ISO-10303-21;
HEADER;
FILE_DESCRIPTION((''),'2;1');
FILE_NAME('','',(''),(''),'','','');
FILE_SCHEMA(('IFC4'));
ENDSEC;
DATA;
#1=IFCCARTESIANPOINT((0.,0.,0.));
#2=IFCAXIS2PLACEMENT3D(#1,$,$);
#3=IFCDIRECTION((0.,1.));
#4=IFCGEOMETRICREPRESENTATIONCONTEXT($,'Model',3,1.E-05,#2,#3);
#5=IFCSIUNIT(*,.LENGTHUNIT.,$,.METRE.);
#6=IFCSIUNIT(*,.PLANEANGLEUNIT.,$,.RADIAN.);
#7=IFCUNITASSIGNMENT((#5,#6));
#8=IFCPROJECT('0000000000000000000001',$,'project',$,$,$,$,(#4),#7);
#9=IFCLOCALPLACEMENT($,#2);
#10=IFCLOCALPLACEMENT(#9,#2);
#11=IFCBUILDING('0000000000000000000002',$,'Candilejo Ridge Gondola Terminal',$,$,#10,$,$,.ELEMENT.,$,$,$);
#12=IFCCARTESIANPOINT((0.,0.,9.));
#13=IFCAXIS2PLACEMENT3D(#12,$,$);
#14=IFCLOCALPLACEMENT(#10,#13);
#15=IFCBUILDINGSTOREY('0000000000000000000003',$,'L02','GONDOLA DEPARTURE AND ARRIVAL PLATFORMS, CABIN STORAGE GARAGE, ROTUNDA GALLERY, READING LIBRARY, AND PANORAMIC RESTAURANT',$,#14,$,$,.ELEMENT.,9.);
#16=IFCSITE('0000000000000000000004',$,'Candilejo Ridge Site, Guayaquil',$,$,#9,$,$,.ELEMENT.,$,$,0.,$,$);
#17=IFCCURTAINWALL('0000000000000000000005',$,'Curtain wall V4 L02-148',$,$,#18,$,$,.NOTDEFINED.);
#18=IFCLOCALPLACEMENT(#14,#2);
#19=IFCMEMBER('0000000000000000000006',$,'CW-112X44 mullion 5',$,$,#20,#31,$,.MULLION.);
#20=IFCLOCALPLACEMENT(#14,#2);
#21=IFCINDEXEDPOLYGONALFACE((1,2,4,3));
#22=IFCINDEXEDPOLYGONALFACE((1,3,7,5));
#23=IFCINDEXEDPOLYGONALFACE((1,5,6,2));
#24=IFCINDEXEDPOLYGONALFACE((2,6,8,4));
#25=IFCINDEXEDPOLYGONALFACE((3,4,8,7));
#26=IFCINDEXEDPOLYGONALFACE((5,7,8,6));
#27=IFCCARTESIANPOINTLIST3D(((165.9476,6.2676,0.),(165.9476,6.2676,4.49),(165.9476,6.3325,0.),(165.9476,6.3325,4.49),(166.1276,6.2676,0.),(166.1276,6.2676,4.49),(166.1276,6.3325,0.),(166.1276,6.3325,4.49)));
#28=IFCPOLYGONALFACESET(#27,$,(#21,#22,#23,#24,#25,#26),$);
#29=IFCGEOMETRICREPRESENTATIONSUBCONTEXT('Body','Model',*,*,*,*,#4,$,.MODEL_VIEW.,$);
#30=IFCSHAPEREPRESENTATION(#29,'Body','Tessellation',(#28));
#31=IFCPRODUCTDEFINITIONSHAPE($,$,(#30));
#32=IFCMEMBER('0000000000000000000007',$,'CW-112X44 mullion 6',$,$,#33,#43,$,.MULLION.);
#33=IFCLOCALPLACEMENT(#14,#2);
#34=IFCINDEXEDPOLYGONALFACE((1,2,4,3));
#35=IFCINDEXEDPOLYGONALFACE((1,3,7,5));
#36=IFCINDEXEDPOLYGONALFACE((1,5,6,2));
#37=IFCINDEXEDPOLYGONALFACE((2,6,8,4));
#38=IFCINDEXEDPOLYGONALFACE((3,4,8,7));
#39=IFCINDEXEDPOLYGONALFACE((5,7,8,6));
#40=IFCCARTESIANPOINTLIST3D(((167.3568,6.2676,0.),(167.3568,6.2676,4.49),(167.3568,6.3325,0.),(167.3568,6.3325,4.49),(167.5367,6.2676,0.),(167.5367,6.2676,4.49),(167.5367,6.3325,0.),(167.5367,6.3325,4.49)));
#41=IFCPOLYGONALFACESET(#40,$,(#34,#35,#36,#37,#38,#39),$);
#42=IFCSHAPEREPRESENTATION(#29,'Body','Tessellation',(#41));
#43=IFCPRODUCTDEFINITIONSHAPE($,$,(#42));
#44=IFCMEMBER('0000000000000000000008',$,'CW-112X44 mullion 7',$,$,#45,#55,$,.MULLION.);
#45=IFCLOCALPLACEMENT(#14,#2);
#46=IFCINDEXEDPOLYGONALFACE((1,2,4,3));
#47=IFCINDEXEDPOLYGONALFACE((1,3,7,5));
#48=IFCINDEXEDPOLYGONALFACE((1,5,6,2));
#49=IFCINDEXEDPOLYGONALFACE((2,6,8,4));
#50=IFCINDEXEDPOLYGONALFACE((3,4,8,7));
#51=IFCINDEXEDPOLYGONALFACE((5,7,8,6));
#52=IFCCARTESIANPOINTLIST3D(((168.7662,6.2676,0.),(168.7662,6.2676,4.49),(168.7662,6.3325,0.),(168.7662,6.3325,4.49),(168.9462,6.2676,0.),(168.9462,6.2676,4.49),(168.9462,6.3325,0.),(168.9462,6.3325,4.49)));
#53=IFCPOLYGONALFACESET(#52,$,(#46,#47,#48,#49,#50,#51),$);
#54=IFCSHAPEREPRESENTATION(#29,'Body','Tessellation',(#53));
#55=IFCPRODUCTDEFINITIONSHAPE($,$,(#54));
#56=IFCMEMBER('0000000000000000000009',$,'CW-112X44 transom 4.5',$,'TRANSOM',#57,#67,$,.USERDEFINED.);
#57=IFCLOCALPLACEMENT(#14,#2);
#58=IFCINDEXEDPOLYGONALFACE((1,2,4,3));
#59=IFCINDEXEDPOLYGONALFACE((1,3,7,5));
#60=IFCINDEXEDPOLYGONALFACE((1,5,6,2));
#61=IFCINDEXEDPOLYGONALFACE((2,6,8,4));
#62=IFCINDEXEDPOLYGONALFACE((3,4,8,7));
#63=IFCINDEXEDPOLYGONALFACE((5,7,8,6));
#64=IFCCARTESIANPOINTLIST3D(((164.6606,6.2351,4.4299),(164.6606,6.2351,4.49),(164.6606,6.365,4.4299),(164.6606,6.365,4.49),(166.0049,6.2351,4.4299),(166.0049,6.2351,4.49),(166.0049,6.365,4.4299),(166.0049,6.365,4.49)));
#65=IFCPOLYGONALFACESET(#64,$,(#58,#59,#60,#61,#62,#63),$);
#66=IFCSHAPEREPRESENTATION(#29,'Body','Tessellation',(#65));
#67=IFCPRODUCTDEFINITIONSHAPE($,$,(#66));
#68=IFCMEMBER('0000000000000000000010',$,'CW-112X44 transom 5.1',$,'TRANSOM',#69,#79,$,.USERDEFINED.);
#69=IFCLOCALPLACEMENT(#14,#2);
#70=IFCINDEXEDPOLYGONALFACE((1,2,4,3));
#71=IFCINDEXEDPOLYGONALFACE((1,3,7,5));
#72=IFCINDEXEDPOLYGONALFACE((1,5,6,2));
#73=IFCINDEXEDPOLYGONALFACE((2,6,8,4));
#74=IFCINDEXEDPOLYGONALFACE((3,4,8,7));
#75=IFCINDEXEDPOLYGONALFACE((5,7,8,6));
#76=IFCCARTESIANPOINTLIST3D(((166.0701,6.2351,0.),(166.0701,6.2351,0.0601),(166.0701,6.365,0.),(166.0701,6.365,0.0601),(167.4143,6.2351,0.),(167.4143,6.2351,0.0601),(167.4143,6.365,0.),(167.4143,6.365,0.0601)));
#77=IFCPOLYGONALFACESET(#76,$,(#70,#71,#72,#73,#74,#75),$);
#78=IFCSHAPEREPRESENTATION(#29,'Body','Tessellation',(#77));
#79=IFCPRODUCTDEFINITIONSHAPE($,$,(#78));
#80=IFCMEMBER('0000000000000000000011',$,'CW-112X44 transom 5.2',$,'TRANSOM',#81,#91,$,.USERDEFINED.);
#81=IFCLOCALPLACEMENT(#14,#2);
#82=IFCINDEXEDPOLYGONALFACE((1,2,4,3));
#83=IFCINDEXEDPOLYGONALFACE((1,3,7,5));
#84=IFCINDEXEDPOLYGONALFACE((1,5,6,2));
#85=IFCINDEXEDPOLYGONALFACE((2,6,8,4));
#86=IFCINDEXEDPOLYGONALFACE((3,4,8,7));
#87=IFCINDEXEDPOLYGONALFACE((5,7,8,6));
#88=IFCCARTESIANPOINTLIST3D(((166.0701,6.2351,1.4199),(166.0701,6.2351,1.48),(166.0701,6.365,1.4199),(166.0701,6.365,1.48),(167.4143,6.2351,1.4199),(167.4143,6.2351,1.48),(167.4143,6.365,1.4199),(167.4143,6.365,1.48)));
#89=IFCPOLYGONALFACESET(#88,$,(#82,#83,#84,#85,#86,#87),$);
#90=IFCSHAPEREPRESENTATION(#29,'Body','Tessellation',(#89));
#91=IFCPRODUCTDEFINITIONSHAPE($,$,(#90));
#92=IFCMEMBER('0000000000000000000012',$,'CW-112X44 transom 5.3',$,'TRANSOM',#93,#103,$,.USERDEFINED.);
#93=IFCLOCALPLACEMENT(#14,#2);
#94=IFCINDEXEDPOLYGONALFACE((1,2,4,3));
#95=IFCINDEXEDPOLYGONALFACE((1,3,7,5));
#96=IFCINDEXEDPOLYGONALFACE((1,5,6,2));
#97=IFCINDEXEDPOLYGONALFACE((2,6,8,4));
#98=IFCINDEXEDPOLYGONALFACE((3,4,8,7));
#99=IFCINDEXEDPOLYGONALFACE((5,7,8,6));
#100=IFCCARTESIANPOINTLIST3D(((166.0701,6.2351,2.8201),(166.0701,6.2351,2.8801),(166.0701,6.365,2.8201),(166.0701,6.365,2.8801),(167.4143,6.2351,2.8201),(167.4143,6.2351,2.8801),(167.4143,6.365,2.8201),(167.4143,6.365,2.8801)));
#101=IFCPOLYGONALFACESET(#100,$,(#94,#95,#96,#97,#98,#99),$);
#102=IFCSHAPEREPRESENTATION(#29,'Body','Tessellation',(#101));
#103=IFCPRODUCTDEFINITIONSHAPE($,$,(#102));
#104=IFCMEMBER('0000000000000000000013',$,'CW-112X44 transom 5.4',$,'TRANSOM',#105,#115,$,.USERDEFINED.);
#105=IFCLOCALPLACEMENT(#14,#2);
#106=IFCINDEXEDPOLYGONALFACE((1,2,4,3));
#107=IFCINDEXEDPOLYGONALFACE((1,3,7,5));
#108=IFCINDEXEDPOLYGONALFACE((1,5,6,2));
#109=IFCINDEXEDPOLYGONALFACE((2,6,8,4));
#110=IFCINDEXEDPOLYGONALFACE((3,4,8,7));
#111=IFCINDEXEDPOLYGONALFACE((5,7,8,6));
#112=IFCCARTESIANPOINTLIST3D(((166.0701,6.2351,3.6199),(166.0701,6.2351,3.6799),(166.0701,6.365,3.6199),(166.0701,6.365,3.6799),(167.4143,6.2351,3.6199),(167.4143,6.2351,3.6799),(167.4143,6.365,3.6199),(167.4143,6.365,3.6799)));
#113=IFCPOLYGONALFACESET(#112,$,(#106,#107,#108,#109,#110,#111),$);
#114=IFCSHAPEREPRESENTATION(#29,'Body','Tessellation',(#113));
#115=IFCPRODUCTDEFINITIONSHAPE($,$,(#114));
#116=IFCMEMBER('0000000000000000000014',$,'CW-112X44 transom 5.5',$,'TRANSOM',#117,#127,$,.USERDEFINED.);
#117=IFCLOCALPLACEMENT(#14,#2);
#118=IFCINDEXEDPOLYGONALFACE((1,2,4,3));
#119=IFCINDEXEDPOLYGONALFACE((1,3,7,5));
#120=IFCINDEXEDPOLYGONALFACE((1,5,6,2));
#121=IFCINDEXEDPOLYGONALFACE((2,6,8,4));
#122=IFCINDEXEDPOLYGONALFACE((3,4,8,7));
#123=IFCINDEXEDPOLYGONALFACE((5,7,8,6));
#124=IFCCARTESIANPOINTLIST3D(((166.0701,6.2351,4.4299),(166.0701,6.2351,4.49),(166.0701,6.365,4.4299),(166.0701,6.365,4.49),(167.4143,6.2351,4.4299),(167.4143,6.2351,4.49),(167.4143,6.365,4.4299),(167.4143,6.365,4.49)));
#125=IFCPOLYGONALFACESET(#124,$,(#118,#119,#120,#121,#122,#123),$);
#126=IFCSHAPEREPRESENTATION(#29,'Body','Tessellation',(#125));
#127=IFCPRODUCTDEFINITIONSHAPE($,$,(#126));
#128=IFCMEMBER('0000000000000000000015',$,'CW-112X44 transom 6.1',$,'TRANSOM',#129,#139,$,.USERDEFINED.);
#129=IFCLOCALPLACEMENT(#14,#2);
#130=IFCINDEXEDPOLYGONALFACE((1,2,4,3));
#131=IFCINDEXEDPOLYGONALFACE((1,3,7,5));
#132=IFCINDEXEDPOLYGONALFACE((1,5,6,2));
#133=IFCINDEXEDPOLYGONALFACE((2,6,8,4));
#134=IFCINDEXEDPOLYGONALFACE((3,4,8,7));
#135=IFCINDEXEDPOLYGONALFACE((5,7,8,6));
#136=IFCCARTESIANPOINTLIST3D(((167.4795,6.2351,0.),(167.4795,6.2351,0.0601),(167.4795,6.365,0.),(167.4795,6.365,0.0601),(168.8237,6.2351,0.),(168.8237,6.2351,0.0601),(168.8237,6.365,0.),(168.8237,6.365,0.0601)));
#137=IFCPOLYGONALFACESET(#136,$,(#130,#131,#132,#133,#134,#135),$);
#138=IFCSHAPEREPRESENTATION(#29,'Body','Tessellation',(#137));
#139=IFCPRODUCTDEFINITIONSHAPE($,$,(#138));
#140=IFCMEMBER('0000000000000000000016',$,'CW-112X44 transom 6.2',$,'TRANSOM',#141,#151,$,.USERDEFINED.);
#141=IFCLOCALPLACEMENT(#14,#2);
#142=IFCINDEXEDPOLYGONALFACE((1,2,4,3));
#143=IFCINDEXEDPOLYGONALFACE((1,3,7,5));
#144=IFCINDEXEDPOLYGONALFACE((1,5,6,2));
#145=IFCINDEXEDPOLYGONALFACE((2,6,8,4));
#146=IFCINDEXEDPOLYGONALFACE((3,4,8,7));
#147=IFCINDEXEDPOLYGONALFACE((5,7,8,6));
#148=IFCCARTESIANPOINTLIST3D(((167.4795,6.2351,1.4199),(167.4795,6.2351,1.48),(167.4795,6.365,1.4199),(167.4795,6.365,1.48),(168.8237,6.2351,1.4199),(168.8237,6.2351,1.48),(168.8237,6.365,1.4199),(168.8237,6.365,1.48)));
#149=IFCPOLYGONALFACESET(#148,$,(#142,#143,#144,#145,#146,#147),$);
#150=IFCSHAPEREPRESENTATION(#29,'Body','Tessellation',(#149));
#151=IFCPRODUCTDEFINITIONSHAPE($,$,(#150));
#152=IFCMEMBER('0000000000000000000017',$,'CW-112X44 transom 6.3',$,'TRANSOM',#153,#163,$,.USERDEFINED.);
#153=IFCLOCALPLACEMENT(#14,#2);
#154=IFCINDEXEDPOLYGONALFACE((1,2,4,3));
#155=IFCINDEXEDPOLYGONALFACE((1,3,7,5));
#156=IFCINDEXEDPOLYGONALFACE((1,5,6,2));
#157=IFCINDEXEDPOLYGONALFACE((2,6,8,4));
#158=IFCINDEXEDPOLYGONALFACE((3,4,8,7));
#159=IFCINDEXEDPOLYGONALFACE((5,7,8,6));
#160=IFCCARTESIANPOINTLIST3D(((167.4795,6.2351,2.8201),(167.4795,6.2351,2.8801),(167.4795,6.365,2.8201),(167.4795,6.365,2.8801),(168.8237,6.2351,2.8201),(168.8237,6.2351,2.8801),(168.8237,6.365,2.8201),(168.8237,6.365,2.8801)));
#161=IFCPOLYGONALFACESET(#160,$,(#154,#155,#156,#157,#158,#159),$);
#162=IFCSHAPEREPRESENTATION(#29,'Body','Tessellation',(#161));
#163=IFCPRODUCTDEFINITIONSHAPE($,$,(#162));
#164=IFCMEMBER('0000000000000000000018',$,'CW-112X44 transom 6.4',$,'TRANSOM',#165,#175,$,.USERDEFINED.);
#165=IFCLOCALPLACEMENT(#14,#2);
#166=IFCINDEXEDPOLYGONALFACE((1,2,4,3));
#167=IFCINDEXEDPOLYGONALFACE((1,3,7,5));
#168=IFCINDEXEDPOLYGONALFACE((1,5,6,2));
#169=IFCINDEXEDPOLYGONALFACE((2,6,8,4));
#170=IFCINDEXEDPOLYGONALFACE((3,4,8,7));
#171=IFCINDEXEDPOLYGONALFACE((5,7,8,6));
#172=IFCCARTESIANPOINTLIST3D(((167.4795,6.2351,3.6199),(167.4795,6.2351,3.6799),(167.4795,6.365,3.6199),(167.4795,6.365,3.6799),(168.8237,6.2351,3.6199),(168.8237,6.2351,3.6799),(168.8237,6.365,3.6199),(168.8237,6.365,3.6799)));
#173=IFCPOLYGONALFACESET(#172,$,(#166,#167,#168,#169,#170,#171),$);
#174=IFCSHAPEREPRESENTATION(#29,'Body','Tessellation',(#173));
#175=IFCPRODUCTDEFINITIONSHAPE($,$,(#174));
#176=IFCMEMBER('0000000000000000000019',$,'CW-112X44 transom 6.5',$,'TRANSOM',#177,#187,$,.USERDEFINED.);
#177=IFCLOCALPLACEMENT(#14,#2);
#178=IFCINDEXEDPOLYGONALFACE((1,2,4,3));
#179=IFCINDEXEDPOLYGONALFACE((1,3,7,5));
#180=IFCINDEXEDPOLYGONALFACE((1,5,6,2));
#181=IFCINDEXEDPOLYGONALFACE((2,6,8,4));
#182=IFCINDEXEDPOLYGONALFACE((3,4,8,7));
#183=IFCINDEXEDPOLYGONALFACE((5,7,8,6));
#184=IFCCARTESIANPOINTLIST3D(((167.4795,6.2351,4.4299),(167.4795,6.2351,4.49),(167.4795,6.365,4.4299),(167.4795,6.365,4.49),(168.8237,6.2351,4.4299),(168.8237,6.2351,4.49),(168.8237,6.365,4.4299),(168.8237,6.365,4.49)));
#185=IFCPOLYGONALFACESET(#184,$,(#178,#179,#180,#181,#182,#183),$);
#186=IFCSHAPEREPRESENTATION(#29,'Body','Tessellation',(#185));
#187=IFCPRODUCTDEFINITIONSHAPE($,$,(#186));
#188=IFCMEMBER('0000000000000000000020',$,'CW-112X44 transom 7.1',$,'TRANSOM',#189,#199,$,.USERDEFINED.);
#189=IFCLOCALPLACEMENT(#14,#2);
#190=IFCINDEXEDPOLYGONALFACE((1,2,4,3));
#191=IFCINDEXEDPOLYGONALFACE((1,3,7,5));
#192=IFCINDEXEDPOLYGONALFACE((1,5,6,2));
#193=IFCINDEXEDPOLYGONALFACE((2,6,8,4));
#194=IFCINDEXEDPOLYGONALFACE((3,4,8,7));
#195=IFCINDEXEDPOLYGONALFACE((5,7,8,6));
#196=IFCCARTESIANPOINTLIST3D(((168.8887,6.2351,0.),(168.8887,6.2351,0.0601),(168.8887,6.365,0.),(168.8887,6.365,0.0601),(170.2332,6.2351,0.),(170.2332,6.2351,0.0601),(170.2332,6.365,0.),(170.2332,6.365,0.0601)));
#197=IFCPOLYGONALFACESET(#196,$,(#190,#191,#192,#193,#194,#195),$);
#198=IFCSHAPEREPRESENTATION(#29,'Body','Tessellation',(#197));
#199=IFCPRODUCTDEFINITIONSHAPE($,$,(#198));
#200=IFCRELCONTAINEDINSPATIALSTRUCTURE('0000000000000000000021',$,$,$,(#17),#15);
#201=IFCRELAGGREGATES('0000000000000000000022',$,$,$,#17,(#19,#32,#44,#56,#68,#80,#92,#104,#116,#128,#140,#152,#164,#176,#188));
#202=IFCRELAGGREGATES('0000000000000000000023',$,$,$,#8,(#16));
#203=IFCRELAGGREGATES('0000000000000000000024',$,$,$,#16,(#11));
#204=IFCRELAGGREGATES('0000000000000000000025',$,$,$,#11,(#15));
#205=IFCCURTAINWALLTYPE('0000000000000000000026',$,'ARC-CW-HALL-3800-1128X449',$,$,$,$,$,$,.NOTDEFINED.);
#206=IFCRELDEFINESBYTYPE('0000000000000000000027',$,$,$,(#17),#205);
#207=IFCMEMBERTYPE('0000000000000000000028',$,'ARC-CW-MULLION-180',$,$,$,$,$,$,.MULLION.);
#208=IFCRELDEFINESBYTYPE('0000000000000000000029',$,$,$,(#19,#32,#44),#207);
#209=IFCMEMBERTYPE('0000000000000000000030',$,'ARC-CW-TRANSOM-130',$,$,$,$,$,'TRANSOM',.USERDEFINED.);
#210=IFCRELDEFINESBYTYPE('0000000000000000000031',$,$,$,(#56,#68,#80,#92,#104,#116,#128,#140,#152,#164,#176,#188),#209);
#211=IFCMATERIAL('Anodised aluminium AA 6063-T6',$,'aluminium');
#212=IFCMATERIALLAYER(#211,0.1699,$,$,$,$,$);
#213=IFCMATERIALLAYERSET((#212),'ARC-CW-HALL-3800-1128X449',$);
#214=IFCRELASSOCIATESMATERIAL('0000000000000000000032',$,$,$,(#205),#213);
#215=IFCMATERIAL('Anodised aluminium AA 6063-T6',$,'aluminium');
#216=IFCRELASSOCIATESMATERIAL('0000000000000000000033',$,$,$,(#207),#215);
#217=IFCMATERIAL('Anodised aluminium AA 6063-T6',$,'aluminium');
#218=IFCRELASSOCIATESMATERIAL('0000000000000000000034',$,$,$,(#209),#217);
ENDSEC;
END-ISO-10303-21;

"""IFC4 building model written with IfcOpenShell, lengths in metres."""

from ifc_helpers import new_model, si_unit, direction, frame, origin, origin_2d, place, context, subcontext, project, spatial, rectangle, extrude, material, layer, layer_set, material_profile, profile_set, type_object, element, aggregate, save


model = new_model("IFC4")

# Units and contexts
model_context = context("Model", 3, precision=1e-05, world=origin(), true_north=direction((0.0, 1.0)))
body_context = subcontext(model_context, "Body", "Model", "MODEL_VIEW")
ifc_project = project(units=[si_unit("LENGTHUNIT", "METRE"), si_unit("PLANEANGLEUNIT", "RADIAN")], contexts=[model_context])

# Site, building, storey
site_placement = place(None, origin())
site = spatial("IfcSite", under=ifc_project, at=site_placement, Name="Candilejo Ridge Site, Guayaquil", CompositionType="ELEMENT", RefElevation=0.0)
building_placement = place(site_placement, origin())
building = spatial("IfcBuilding", under=site, at=building_placement, Name="Candilejo Ridge Gondola Terminal", CompositionType="ELEMENT")
storey_placement = place(building_placement, frame((0.0, 0.0, 9.0)))
storey = spatial("IfcBuildingStorey", under=building, at=storey_placement, Name="L02", Description="GONDOLA DEPARTURE AND ARRIVAL PLATFORMS, CABIN STORAGE GARAGE, ROTUNDA GALLERY, READING LIBRARY, AND PANORAMIC RESTAURANT", CompositionType="ELEMENT", Elevation=9.0)

# Curtain wall, members
ifc_material_1 = material(Name="Anodised aluminium AA 6063-T6", Category="aluminium")
ifc_layer_1 = layer(ifc_material_1, 0.1699)
ifc_layer_set_1 = layer_set([ifc_layer_1], Name="ARC-CW-HALL-3800-1128X449")
curtain_wall_type = type_object("IfcCurtainWallType", Name="ARC-CW-HALL-3800-1128X449", PredefinedType="NOTDEFINED", material=ifc_layer_set_1)
curtain_wall_placement = place(storey_placement, origin())
curtain_wall = element("IfcCurtainWall", 1, at=curtain_wall_placement, inside=storey, type_object=curtain_wall_type, Name="Curtain wall V4 L02-148", PredefinedType="NOTDEFINED")
ifc_material_2 = material(Name="Anodised aluminium AA 6063-T6", Category="aluminium")
ifc_material_profile_1 = material_profile(ifc_material_2, rectangle(XDim=0.0649, YDim=0.1799, at=origin_2d()))
ifc_profile_set_1 = profile_set([ifc_material_profile_1], Name="Anodised aluminium AA 6063-T6")
member_type_1 = type_object("IfcMemberType", Name="ARC-CW-MULLION-180", PredefinedType="MULLION", material=ifc_profile_set_1)
member_1_placement = place(storey_placement, frame((166.0376, 6.3, 0.0), z_axis=(0.0, 0.0, 1.0), x_axis=(0.0, 1.0, 0.0)))
member_1 = element("IfcMember", 2, at=member_1_placement, type_object=member_type_1, Name="CW-112X44 mullion 5", PredefinedType="MULLION", context=body_context, shape_type="SweptSolid", body=[
    extrude(rectangle(XDim=0.0649, YDim=0.1799, at=origin_2d()), origin(), (0.0, 0.0, 1.0), 4.49),
])
member_2_placement = place(storey_placement, frame((167.4468, 6.3, 0.0), z_axis=(0.0, 0.0, 1.0), x_axis=(0.0, 1.0, 0.0)))
member_2 = element("IfcMember", 3, at=member_2_placement, type_object=member_type_1, Name="CW-112X44 mullion 6", PredefinedType="MULLION", context=body_context, shape_type="SweptSolid", body=[
    extrude(rectangle(XDim=0.0649, YDim=0.1799, at=origin_2d()), origin(), (0.0, 0.0, 1.0), 4.49),
])
member_3_placement = place(storey_placement, frame((168.8562, 6.3, 0.0), z_axis=(0.0, 0.0, 1.0), x_axis=(0.0, 1.0, 0.0)))
member_3 = element("IfcMember", 4, at=member_3_placement, type_object=member_type_1, Name="CW-112X44 mullion 7", PredefinedType="MULLION", context=body_context, shape_type="SweptSolid", body=[
    extrude(rectangle(XDim=0.0649, YDim=0.1799, at=origin_2d()), origin(), (0.0, 0.0, 1.0), 4.49),
])
ifc_material_3 = material(Name="Anodised aluminium AA 6063-T6", Category="aluminium")
ifc_material_profile_2 = material_profile(ifc_material_3, rectangle(XDim=0.1299, YDim=0.0601, at=origin_2d()))
ifc_profile_set_2 = profile_set([ifc_material_profile_2], Name="Anodised aluminium AA 6063-T6")
member_type_2 = type_object("IfcMemberType", Name="ARC-CW-TRANSOM-130", ElementType="TRANSOM", PredefinedType="USERDEFINED", material=ifc_profile_set_2)
member_4_placement = place(storey_placement, frame((164.6606, 6.3, 4.46), z_axis=(1.0, 0.0, 0.0), x_axis=(0.0, 1.0, 0.0)))
member_4 = element("IfcMember", 5, at=member_4_placement, type_object=member_type_2, Name="CW-112X44 transom 4.5", ObjectType="TRANSOM", PredefinedType="USERDEFINED", context=body_context, shape_type="SweptSolid", body=[
    extrude(rectangle(XDim=0.1299, YDim=0.0601, at=origin_2d()), origin(), (0.0, 0.0, 1.0), 1.3442),
])
member_5_placement = place(storey_placement, frame((166.0701, 6.3, 0.03), z_axis=(1.0, 0.0, 0.0), x_axis=(0.0, 1.0, 0.0)))
member_5 = element("IfcMember", 6, at=member_5_placement, type_object=member_type_2, Name="CW-112X44 transom 5.1", ObjectType="TRANSOM", PredefinedType="USERDEFINED", context=body_context, shape_type="SweptSolid", body=[
    extrude(rectangle(XDim=0.1299, YDim=0.0601, at=origin_2d()), origin(), (0.0, 0.0, 1.0), 1.3442),
])
member_6_placement = place(storey_placement, frame((166.0701, 6.3, 1.45), z_axis=(1.0, 0.0, 0.0), x_axis=(0.0, 1.0, 0.0)))
member_6 = element("IfcMember", 7, at=member_6_placement, type_object=member_type_2, Name="CW-112X44 transom 5.2", ObjectType="TRANSOM", PredefinedType="USERDEFINED", context=body_context, shape_type="SweptSolid", body=[
    extrude(rectangle(XDim=0.1299, YDim=0.0601, at=origin_2d()), origin(), (0.0, 0.0, 1.0), 1.3442),
])
member_7_placement = place(storey_placement, frame((166.0701, 6.3, 2.8501), z_axis=(1.0, 0.0, 0.0), x_axis=(0.0, 1.0, 0.0)))
member_7 = element("IfcMember", 8, at=member_7_placement, type_object=member_type_2, Name="CW-112X44 transom 5.3", ObjectType="TRANSOM", PredefinedType="USERDEFINED", context=body_context, shape_type="SweptSolid", body=[
    extrude(rectangle(XDim=0.1299, YDim=0.0601, at=origin_2d()), origin(), (0.0, 0.0, 1.0), 1.3442),
])
member_8_placement = place(storey_placement, frame((166.0701, 6.3, 3.6499), z_axis=(1.0, 0.0, 0.0), x_axis=(0.0, 1.0, 0.0)))
member_8 = element("IfcMember", 9, at=member_8_placement, type_object=member_type_2, Name="CW-112X44 transom 5.4", ObjectType="TRANSOM", PredefinedType="USERDEFINED", context=body_context, shape_type="SweptSolid", body=[
    extrude(rectangle(XDim=0.1299, YDim=0.0601, at=origin_2d()), origin(), (0.0, 0.0, 1.0), 1.3442),
])
member_9_placement = place(storey_placement, frame((166.0701, 6.3, 4.46), z_axis=(1.0, 0.0, 0.0), x_axis=(0.0, 1.0, 0.0)))
member_9 = element("IfcMember", 10, at=member_9_placement, type_object=member_type_2, Name="CW-112X44 transom 5.5", ObjectType="TRANSOM", PredefinedType="USERDEFINED", context=body_context, shape_type="SweptSolid", body=[
    extrude(rectangle(XDim=0.1299, YDim=0.0601, at=origin_2d()), origin(), (0.0, 0.0, 1.0), 1.3442),
])
member_10_placement = place(storey_placement, frame((167.4795, 6.3, 0.03), z_axis=(1.0, 0.0, 0.0), x_axis=(0.0, 1.0, 0.0)))
member_10 = element("IfcMember", 11, at=member_10_placement, type_object=member_type_2, Name="CW-112X44 transom 6.1", ObjectType="TRANSOM", PredefinedType="USERDEFINED", context=body_context, shape_type="SweptSolid", body=[
    extrude(rectangle(XDim=0.1299, YDim=0.0601, at=origin_2d()), origin(), (0.0, 0.0, 1.0), 1.3442),
])
member_11_placement = place(storey_placement, frame((167.4795, 6.3, 1.45), z_axis=(1.0, 0.0, 0.0), x_axis=(0.0, 1.0, 0.0)))
member_11 = element("IfcMember", 12, at=member_11_placement, type_object=member_type_2, Name="CW-112X44 transom 6.2", ObjectType="TRANSOM", PredefinedType="USERDEFINED", context=body_context, shape_type="SweptSolid", body=[
    extrude(rectangle(XDim=0.1299, YDim=0.0601, at=origin_2d()), origin(), (0.0, 0.0, 1.0), 1.3442),
])
member_12_placement = place(storey_placement, frame((167.4795, 6.3, 2.8501), z_axis=(1.0, 0.0, 0.0), x_axis=(0.0, 1.0, 0.0)))
member_12 = element("IfcMember", 13, at=member_12_placement, type_object=member_type_2, Name="CW-112X44 transom 6.3", ObjectType="TRANSOM", PredefinedType="USERDEFINED", context=body_context, shape_type="SweptSolid", body=[
    extrude(rectangle(XDim=0.1299, YDim=0.0601, at=origin_2d()), origin(), (0.0, 0.0, 1.0), 1.3442),
])
member_13_placement = place(storey_placement, frame((167.4795, 6.3, 3.6499), z_axis=(1.0, 0.0, 0.0), x_axis=(0.0, 1.0, 0.0)))
member_13 = element("IfcMember", 14, at=member_13_placement, type_object=member_type_2, Name="CW-112X44 transom 6.4", ObjectType="TRANSOM", PredefinedType="USERDEFINED", context=body_context, shape_type="SweptSolid", body=[
    extrude(rectangle(XDim=0.1299, YDim=0.0601, at=origin_2d()), origin(), (0.0, 0.0, 1.0), 1.3442),
])
member_14_placement = place(storey_placement, frame((167.4795, 6.3, 4.46), z_axis=(1.0, 0.0, 0.0), x_axis=(0.0, 1.0, 0.0)))
member_14 = element("IfcMember", 15, at=member_14_placement, type_object=member_type_2, Name="CW-112X44 transom 6.5", ObjectType="TRANSOM", PredefinedType="USERDEFINED", context=body_context, shape_type="SweptSolid", body=[
    extrude(rectangle(XDim=0.1299, YDim=0.0601, at=origin_2d()), origin(), (0.0, 0.0, 1.0), 1.3442),
])
member_15_placement = place(storey_placement, frame((168.8887, 6.3, 0.03), z_axis=(1.0, 0.0, 0.0), x_axis=(0.0, 1.0, 0.0)))
member_15 = element("IfcMember", 16, at=member_15_placement, type_object=member_type_2, Name="CW-112X44 transom 7.1", ObjectType="TRANSOM", PredefinedType="USERDEFINED", context=body_context, shape_type="SweptSolid", body=[
    extrude(rectangle(XDim=0.1299, YDim=0.0601, at=origin_2d()), origin(), (0.0, 0.0, 1.0), 1.3445),
])
aggregate(curtain_wall, [member_1, member_2, member_3, member_4, member_5, member_6, member_7, member_8, member_9, member_10, member_11, member_12, member_13, member_14, member_15])

save(model, "model.ifc")
